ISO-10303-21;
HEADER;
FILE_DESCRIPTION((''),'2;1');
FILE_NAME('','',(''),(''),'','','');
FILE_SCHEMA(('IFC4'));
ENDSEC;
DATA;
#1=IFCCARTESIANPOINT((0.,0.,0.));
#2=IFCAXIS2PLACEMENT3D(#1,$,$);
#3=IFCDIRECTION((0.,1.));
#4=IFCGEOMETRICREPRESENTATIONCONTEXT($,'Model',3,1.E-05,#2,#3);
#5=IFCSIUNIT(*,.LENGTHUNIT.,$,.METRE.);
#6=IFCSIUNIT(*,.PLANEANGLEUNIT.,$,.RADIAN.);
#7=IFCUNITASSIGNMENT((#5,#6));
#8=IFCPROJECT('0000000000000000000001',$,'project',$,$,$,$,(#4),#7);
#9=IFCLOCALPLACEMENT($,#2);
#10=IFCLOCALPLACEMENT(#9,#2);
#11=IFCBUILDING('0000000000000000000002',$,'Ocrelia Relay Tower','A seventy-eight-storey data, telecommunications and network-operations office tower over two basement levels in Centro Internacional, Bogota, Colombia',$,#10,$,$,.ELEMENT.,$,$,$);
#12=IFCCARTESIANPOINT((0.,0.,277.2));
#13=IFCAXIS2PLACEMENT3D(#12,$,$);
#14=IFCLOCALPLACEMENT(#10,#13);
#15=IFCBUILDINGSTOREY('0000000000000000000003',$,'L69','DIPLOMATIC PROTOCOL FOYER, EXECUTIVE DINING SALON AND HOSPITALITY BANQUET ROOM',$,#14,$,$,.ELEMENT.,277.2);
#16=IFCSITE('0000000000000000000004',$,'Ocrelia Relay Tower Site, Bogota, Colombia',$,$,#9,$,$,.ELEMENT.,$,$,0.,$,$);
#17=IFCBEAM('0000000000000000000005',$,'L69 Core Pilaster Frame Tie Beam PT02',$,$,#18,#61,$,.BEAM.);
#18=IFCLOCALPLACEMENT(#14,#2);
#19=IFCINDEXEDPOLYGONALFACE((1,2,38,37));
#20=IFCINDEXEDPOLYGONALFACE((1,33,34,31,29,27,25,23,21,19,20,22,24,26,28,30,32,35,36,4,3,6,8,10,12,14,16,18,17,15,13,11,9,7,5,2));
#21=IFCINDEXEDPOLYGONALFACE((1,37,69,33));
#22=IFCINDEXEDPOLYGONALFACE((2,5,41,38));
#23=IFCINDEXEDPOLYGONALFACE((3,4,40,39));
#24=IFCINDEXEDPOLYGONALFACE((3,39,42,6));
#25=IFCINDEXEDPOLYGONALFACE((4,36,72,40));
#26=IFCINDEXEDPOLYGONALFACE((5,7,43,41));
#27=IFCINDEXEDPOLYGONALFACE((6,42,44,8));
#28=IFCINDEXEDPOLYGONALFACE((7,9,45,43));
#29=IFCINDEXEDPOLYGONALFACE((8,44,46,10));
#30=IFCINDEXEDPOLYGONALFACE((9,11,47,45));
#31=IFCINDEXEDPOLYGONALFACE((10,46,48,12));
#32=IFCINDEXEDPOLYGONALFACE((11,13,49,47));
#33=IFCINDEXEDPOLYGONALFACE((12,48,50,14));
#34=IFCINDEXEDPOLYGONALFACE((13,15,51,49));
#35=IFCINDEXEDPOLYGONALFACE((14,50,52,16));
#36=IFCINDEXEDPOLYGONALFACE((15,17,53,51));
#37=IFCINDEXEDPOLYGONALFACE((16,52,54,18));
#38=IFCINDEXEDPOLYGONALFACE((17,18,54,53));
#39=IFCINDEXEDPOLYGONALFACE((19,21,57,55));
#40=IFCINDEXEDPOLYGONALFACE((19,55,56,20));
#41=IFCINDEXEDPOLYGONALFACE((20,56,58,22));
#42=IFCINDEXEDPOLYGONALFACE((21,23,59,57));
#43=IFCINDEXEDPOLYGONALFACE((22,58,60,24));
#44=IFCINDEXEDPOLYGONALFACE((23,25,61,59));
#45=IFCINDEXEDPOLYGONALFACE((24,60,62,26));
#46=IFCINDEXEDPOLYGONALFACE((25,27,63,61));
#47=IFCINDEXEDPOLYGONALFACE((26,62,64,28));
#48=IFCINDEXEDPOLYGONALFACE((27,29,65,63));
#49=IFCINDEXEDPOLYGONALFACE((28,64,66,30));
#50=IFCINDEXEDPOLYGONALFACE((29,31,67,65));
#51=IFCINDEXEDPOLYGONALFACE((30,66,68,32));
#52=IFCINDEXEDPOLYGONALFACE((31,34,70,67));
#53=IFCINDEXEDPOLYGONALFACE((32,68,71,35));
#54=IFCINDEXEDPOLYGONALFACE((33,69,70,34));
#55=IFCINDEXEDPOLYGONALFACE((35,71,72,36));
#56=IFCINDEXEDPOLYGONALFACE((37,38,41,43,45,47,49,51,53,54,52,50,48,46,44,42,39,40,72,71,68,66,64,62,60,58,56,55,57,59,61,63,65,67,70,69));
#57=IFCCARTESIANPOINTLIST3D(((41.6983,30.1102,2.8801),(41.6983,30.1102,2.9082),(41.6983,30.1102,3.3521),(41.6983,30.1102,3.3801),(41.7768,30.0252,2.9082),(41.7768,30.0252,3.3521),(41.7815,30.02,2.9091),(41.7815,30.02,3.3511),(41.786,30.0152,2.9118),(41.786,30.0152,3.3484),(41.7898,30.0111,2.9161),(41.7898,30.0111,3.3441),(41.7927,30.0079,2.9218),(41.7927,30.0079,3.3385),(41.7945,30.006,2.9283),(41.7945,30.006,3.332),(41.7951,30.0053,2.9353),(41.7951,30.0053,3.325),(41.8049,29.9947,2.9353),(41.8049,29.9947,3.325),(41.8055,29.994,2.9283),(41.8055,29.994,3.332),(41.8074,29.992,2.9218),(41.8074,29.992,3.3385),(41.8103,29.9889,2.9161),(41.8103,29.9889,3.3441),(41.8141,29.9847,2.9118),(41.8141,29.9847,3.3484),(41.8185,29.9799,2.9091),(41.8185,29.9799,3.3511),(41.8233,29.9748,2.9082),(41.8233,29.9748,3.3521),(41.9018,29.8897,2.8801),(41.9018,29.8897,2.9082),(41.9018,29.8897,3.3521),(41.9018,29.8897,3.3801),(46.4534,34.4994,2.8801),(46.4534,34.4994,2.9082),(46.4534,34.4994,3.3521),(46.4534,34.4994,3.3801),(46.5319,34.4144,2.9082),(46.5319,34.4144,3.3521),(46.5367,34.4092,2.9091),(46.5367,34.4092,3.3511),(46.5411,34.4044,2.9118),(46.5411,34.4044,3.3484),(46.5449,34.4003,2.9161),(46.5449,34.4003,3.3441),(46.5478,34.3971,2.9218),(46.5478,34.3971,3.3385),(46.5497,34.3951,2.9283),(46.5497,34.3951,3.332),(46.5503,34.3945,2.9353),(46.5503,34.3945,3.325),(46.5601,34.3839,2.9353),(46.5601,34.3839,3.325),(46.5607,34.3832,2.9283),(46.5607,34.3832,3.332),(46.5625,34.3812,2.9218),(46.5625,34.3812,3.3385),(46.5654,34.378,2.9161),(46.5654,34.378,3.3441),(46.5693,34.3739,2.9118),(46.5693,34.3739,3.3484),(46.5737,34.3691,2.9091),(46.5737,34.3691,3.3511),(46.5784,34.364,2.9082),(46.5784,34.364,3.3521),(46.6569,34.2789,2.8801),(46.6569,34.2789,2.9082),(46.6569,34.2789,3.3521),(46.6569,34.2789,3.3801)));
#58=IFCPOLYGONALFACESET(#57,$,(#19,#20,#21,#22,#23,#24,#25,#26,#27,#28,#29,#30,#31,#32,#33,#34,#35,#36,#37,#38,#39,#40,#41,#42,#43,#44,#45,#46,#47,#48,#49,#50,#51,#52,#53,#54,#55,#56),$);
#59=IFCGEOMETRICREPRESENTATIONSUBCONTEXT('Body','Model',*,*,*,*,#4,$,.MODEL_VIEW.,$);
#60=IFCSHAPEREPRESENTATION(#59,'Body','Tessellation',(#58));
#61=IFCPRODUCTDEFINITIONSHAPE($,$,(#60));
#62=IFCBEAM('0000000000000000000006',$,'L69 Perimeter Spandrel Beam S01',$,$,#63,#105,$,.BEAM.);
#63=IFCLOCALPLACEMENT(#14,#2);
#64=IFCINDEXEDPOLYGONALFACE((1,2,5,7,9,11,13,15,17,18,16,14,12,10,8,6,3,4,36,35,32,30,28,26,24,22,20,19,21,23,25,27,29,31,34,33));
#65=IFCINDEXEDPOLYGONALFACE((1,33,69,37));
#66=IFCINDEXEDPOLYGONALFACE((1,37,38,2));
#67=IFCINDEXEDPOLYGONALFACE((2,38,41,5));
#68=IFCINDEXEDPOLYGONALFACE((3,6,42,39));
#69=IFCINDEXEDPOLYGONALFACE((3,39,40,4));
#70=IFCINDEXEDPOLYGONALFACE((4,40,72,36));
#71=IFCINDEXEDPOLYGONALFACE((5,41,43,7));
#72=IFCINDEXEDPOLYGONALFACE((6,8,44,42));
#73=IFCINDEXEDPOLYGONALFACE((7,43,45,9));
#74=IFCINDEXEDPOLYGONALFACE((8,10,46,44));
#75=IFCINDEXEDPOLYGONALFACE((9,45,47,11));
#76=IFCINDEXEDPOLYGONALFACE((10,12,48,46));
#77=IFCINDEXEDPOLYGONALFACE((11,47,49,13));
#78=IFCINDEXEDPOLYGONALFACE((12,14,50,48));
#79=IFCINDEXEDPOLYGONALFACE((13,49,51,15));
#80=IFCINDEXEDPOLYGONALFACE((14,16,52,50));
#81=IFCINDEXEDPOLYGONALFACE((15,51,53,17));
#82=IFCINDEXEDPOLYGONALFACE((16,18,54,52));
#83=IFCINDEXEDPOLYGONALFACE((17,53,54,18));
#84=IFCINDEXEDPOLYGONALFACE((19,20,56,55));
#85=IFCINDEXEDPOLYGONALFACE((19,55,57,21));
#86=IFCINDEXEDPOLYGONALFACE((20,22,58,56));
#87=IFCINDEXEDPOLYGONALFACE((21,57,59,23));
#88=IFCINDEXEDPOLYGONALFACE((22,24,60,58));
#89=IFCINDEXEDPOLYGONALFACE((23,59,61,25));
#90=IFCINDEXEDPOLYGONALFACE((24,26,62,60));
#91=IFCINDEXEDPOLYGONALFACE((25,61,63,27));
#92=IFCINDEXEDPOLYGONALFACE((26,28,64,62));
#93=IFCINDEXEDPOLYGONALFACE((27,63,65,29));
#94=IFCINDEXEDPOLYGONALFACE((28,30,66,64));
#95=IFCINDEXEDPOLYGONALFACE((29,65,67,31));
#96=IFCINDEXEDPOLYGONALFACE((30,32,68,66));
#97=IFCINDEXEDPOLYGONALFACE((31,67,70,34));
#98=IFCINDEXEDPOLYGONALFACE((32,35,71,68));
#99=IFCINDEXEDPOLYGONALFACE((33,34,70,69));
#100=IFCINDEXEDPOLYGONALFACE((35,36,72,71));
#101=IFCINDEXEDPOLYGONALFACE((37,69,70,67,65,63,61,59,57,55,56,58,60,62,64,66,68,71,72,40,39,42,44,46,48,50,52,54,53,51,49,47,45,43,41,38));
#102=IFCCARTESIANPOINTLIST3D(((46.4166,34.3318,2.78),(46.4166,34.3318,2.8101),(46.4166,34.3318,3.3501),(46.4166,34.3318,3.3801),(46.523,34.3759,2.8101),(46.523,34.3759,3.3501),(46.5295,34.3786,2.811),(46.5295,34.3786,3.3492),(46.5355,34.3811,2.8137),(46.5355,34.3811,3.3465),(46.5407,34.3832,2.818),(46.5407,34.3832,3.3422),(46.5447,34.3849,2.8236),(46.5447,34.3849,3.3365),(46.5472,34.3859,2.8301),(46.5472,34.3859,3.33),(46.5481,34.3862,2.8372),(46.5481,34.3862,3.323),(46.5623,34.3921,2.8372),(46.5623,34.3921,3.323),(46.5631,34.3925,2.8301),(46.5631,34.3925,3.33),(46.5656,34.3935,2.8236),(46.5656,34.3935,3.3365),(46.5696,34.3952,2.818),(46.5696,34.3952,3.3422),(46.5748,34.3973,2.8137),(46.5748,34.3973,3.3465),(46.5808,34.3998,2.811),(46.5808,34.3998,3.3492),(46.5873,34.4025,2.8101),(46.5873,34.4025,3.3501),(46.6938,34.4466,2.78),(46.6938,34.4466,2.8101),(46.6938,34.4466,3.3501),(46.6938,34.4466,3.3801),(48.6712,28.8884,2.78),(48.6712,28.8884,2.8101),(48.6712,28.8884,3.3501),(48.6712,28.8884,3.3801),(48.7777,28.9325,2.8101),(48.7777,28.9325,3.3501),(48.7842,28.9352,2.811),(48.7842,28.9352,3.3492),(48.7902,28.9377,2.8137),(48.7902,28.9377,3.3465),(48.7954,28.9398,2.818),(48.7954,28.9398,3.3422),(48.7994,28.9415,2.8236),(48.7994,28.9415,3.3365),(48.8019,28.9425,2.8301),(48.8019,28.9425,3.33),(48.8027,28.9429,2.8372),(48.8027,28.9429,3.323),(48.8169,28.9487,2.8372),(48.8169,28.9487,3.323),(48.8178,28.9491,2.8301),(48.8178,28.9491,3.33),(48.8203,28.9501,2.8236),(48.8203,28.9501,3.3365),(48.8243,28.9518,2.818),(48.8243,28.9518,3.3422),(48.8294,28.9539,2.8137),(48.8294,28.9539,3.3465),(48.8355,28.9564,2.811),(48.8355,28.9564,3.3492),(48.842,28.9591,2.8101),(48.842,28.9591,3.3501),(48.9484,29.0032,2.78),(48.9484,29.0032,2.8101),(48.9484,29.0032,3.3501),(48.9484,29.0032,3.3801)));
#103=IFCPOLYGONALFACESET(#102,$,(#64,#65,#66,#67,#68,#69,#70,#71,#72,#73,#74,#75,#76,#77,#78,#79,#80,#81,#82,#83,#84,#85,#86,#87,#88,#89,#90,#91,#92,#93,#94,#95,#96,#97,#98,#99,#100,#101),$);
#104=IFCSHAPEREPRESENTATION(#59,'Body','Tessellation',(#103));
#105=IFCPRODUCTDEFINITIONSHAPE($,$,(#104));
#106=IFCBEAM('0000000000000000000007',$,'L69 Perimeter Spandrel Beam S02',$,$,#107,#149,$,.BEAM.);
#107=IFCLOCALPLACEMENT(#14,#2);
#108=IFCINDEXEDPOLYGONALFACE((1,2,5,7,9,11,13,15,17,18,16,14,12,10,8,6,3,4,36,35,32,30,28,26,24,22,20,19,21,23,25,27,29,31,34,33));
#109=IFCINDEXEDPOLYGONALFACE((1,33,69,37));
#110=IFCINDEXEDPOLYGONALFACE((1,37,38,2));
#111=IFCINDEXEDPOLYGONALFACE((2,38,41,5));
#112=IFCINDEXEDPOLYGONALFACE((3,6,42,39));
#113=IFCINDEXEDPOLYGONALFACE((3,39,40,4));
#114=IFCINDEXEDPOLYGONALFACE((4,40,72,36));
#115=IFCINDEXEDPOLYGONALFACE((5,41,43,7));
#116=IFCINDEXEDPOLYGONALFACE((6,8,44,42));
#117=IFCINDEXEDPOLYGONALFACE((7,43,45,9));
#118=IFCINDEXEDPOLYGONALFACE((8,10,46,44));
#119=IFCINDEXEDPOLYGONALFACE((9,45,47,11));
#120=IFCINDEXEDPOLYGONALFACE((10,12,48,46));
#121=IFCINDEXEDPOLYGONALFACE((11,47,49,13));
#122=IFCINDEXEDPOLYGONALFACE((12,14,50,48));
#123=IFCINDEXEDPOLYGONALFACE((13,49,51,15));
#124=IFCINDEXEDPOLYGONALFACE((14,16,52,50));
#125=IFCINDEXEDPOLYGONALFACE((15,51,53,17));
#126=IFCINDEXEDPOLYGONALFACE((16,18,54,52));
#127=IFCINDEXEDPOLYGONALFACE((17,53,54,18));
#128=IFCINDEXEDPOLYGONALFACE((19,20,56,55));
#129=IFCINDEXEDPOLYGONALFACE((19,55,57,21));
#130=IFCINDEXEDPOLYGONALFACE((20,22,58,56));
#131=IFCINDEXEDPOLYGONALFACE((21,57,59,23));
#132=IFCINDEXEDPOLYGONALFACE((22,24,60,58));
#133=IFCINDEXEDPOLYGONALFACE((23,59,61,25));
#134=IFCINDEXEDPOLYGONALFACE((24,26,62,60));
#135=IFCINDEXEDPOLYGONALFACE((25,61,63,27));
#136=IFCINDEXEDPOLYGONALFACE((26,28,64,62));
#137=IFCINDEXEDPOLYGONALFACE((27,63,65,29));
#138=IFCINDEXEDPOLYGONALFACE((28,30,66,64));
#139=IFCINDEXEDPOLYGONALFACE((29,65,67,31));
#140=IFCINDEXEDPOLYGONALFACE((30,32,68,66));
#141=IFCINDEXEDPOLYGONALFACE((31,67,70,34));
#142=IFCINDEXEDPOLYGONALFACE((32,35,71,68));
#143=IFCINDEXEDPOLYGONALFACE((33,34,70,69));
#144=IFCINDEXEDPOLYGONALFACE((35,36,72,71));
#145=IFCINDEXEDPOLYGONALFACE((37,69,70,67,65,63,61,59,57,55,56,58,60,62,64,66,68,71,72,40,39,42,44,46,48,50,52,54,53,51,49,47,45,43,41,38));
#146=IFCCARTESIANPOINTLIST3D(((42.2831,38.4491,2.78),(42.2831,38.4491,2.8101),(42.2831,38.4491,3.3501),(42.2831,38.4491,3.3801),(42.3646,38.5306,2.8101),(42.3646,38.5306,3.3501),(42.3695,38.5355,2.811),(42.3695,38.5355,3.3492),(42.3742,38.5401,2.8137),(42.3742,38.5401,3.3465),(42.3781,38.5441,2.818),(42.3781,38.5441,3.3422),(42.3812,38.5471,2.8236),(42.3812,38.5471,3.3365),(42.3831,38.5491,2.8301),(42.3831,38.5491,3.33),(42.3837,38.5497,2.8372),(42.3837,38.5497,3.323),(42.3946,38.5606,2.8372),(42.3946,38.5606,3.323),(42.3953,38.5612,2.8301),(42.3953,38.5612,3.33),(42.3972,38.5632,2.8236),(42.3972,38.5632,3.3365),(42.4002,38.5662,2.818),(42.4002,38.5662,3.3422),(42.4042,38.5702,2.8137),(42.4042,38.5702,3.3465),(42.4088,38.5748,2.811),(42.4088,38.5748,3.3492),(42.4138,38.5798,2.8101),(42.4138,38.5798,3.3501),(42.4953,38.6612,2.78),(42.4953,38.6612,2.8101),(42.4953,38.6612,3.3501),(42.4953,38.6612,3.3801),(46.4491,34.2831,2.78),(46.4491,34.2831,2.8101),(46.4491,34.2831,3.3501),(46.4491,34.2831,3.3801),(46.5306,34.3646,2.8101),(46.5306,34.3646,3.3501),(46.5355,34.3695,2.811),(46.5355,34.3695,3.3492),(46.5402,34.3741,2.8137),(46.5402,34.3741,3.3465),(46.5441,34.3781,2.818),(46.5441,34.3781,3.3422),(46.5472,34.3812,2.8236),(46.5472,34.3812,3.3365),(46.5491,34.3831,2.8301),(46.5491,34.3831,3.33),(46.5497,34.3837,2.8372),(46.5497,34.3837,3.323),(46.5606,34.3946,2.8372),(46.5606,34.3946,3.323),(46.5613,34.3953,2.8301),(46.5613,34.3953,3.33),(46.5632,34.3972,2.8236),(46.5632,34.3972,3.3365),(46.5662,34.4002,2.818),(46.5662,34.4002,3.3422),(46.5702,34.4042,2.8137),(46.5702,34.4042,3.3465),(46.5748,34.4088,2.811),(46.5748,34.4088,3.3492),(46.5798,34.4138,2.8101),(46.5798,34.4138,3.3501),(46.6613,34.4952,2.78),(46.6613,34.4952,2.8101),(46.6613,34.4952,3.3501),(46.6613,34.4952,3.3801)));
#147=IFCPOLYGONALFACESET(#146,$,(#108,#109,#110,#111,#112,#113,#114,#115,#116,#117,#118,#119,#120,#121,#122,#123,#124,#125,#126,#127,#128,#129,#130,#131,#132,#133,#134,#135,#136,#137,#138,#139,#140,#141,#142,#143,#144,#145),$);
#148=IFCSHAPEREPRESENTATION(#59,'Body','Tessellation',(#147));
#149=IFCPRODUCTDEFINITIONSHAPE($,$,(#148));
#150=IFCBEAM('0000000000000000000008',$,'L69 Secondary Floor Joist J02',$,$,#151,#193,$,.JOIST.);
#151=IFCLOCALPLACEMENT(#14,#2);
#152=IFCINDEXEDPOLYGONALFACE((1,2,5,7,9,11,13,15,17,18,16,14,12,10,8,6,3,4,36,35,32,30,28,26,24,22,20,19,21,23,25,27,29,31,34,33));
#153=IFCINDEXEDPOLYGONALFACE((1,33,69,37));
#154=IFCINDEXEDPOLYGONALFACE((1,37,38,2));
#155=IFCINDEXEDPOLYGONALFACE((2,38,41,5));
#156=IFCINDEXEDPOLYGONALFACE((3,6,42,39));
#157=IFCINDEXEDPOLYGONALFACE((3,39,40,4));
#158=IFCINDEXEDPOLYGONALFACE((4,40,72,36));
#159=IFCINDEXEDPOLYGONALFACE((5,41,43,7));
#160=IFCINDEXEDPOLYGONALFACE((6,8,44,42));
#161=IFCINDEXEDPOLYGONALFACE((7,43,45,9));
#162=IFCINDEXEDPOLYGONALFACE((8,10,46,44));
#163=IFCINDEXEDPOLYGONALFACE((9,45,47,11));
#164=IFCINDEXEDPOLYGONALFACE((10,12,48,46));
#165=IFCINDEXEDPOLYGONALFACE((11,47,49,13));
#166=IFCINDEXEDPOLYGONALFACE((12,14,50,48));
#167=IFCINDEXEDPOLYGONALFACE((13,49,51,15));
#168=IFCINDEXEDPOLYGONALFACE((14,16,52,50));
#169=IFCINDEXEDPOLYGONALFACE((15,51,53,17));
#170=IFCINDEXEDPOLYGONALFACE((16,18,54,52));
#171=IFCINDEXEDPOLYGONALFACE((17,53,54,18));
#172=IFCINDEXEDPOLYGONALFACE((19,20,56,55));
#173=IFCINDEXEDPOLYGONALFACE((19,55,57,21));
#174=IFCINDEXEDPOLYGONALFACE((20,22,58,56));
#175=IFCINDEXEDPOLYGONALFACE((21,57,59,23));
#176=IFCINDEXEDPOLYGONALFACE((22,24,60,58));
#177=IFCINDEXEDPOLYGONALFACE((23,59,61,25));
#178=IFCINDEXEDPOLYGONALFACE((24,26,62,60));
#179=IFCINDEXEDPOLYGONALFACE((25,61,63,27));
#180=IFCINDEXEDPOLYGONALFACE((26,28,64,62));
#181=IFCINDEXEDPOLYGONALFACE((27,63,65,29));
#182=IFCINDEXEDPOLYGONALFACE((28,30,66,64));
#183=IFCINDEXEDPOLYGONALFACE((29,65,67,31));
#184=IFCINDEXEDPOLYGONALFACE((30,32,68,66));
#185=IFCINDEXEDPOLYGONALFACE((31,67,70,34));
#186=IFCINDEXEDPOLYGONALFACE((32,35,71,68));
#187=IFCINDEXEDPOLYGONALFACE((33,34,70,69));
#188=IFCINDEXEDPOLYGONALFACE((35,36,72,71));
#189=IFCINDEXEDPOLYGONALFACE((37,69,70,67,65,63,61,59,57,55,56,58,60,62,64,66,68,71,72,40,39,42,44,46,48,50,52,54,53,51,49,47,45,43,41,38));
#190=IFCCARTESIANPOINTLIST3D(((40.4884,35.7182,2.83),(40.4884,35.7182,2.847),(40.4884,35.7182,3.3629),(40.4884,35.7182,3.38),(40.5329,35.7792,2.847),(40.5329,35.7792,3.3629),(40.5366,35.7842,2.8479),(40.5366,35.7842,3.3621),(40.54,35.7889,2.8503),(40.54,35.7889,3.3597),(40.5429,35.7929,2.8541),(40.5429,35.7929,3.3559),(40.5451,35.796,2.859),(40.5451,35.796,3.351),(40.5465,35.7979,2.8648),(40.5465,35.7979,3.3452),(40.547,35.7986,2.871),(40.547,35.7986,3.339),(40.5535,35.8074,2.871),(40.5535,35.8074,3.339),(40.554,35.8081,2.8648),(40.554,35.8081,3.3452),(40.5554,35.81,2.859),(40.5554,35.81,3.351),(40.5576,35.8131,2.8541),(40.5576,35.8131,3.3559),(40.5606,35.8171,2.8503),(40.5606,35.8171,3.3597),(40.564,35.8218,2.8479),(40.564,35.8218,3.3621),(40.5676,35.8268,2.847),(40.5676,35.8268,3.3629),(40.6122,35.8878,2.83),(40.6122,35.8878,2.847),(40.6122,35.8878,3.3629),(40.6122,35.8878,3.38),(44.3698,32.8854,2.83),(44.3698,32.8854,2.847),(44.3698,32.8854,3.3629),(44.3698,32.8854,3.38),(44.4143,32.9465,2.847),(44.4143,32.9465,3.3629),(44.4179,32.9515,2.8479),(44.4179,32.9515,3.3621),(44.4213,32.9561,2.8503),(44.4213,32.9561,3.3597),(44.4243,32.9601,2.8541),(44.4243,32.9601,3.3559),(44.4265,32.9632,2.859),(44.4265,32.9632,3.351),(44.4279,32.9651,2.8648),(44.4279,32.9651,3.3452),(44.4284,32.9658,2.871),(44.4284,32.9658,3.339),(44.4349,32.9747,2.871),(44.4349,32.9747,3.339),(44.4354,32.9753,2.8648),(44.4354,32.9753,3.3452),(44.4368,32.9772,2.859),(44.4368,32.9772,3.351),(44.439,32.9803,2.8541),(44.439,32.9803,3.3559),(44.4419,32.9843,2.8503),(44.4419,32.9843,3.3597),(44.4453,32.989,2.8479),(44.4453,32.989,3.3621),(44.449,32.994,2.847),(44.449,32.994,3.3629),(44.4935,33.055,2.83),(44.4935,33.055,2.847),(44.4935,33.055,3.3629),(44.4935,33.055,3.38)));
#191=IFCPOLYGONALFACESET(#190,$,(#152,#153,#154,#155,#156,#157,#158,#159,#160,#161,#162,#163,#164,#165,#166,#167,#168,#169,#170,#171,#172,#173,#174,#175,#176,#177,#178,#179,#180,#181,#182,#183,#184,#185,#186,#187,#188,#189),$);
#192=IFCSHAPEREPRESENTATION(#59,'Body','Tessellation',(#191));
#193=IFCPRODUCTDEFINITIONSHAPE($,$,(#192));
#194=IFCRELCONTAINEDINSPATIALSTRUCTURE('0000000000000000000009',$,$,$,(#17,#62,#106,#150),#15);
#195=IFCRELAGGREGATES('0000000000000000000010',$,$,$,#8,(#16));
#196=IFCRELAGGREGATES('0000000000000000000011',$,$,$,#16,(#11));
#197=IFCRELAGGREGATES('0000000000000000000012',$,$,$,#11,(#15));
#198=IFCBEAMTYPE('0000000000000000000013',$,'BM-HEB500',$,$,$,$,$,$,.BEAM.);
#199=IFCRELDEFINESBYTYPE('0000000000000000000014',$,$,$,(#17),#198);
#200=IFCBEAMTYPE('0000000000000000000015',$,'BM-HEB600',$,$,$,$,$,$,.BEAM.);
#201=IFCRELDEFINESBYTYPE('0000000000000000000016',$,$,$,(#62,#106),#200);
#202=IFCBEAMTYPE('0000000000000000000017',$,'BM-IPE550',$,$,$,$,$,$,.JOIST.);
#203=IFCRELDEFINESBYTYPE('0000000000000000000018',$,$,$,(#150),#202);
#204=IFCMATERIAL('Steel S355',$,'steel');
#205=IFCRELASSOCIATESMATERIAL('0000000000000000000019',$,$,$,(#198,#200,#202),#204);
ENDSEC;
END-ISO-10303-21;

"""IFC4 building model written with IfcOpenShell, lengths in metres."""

from ifc_helpers import new_model, si_unit, direction, frame, origin, origin_2d, place, context, subcontext, project, spatial, i_section, extrude, material, material_profile, profile_set, type_object, element, save


model = new_model("IFC4")

# Units and contexts
model_context = context("Model", 3, precision=1e-05, world=origin(), true_north=direction((0.0, 1.0)))
body_context = subcontext(model_context, "Body", "Model", "MODEL_VIEW")
ifc_project = project(units=[si_unit("LENGTHUNIT", "METRE"), si_unit("PLANEANGLEUNIT", "RADIAN")], contexts=[model_context])

# Site, building, storey
site_placement = place(None, origin())
site = spatial("IfcSite", under=ifc_project, at=site_placement, Name="Ocrelia Relay Tower Site, Bogota, Colombia", CompositionType="ELEMENT", RefElevation=0.0)
building_placement = place(site_placement, origin())
building = spatial("IfcBuilding", under=site, at=building_placement, Name="Ocrelia Relay Tower", Description="A seventy-eight-storey data, telecommunications and network-operations office tower over two basement levels in Centro Internacional, Bogota, Colombia", CompositionType="ELEMENT")
storey_placement = place(building_placement, frame((0.0, 0.0, 277.2)))
storey = spatial("IfcBuildingStorey", under=building, at=storey_placement, Name="L69", Description="DIPLOMATIC PROTOCOL FOYER, EXECUTIVE DINING SALON AND HOSPITALITY BANQUET ROOM", CompositionType="ELEMENT", Elevation=277.2)

# Beams
ifc_material_1 = material(Name="Steel S355", Category="steel")
ifc_material_profile_1 = material_profile(ifc_material_1, i_section(OverallWidth=0.3, OverallDepth=0.5, WebThickness=0.0144, FlangeThickness=0.0281, FilletRadius=0.0271, at=origin_2d()), Name="HEB 500")
ifc_profile_set_1 = profile_set([ifc_material_profile_1], Name="Steel S355")
beam_type_1 = type_object("IfcBeamType", Name="BM-HEB500", PredefinedType="BEAM", material=ifc_profile_set_1)
beam_1_placement = place(storey_placement, frame((46.5552, 34.3892, 3.1301), z_axis=(-0.734818, -0.678264, 0.0), x_axis=(0.678264, -0.734818, 0.0)))
element("IfcBeam", 1, at=beam_1_placement, inside=storey, type_object=beam_type_1, Name="L69 Core Pilaster Frame Tie Beam PT02", PredefinedType="BEAM", context=body_context, shape_type="SweptSolid", body=[
    extrude(i_section(OverallWidth=0.3, OverallDepth=0.5, WebThickness=0.0144, FlangeThickness=0.0281, FilletRadius=0.0271, at=origin_2d()), origin(), (0.0, 0.0, 1.0), 6.4712),
])
ifc_material_profile_2 = material_profile(ifc_material_1, i_section(OverallWidth=0.3, OverallDepth=0.6001, WebThickness=0.0154, FlangeThickness=0.03, FilletRadius=0.0271, at=origin_2d()), Name="HEB 600")
ifc_profile_set_2 = profile_set([ifc_material_profile_2], Name="Steel S355")
beam_type_2 = type_object("IfcBeamType", Name="BM-HEB600", PredefinedType="BEAM", material=ifc_profile_set_2)
beam_2_placement = place(storey_placement, frame((48.8098, 28.9458, 3.0801), z_axis=(-0.382673, 0.923884, 0.0), x_axis=(-0.923884, -0.382673, 0.0)))
element("IfcBeam", 2, at=beam_2_placement, inside=storey, type_object=beam_type_2, Name="L69 Perimeter Spandrel Beam S01", PredefinedType="BEAM", context=body_context, shape_type="SweptSolid", body=[
    extrude(i_section(OverallWidth=0.3, OverallDepth=0.6001, WebThickness=0.0154, FlangeThickness=0.03, FilletRadius=0.0271, at=origin_2d()), origin(), (0.0, 0.0, 1.0), 5.8918),
])
beam_3_placement = place(storey_placement, frame((46.5552, 34.3892, 3.0801), z_axis=(-0.707107, 0.707107, 0.0), x_axis=(-0.707107, -0.707107, 0.0)))
element("IfcBeam", 3, at=beam_3_placement, inside=storey, type_object=beam_type_2, Name="L69 Perimeter Spandrel Beam S02", PredefinedType="BEAM", context=body_context, shape_type="SweptSolid", body=[
    extrude(i_section(OverallWidth=0.3, OverallDepth=0.6001, WebThickness=0.0154, FlangeThickness=0.03, FilletRadius=0.0271, at=origin_2d()), origin(), (0.0, 0.0, 1.0), 5.8916),
])
ifc_material_profile_3 = material_profile(ifc_material_1, i_section(OverallWidth=0.21, OverallDepth=0.55, WebThickness=0.011, FlangeThickness=0.0171, FilletRadius=0.0239, at=origin_2d()), Name="IPE 550")
ifc_profile_set_3 = profile_set([ifc_material_profile_3], Name="Steel S355")
beam_type_3 = type_object("IfcBeamType", Name="BM-IPE550", PredefinedType="JOIST", material=ifc_profile_set_3)
beam_4_placement = place(storey_placement, frame((44.4316, 32.9702, 3.105), z_axis=(-0.807748, 0.589527, 0.0), x_axis=(-0.589527, -0.807748, 0.0)))
element("IfcBeam", 4, at=beam_4_placement, inside=storey, type_object=beam_type_3, Name="L69 Secondary Floor Joist J02", PredefinedType="JOIST", context=body_context, shape_type="SweptSolid", body=[
    extrude(i_section(OverallWidth=0.21, OverallDepth=0.55, WebThickness=0.011, FlangeThickness=0.0171, FilletRadius=0.0239, at=origin_2d()), origin(), (0.0, 0.0, 1.0), 4.8052),
])

save(model, "model.ifc")
